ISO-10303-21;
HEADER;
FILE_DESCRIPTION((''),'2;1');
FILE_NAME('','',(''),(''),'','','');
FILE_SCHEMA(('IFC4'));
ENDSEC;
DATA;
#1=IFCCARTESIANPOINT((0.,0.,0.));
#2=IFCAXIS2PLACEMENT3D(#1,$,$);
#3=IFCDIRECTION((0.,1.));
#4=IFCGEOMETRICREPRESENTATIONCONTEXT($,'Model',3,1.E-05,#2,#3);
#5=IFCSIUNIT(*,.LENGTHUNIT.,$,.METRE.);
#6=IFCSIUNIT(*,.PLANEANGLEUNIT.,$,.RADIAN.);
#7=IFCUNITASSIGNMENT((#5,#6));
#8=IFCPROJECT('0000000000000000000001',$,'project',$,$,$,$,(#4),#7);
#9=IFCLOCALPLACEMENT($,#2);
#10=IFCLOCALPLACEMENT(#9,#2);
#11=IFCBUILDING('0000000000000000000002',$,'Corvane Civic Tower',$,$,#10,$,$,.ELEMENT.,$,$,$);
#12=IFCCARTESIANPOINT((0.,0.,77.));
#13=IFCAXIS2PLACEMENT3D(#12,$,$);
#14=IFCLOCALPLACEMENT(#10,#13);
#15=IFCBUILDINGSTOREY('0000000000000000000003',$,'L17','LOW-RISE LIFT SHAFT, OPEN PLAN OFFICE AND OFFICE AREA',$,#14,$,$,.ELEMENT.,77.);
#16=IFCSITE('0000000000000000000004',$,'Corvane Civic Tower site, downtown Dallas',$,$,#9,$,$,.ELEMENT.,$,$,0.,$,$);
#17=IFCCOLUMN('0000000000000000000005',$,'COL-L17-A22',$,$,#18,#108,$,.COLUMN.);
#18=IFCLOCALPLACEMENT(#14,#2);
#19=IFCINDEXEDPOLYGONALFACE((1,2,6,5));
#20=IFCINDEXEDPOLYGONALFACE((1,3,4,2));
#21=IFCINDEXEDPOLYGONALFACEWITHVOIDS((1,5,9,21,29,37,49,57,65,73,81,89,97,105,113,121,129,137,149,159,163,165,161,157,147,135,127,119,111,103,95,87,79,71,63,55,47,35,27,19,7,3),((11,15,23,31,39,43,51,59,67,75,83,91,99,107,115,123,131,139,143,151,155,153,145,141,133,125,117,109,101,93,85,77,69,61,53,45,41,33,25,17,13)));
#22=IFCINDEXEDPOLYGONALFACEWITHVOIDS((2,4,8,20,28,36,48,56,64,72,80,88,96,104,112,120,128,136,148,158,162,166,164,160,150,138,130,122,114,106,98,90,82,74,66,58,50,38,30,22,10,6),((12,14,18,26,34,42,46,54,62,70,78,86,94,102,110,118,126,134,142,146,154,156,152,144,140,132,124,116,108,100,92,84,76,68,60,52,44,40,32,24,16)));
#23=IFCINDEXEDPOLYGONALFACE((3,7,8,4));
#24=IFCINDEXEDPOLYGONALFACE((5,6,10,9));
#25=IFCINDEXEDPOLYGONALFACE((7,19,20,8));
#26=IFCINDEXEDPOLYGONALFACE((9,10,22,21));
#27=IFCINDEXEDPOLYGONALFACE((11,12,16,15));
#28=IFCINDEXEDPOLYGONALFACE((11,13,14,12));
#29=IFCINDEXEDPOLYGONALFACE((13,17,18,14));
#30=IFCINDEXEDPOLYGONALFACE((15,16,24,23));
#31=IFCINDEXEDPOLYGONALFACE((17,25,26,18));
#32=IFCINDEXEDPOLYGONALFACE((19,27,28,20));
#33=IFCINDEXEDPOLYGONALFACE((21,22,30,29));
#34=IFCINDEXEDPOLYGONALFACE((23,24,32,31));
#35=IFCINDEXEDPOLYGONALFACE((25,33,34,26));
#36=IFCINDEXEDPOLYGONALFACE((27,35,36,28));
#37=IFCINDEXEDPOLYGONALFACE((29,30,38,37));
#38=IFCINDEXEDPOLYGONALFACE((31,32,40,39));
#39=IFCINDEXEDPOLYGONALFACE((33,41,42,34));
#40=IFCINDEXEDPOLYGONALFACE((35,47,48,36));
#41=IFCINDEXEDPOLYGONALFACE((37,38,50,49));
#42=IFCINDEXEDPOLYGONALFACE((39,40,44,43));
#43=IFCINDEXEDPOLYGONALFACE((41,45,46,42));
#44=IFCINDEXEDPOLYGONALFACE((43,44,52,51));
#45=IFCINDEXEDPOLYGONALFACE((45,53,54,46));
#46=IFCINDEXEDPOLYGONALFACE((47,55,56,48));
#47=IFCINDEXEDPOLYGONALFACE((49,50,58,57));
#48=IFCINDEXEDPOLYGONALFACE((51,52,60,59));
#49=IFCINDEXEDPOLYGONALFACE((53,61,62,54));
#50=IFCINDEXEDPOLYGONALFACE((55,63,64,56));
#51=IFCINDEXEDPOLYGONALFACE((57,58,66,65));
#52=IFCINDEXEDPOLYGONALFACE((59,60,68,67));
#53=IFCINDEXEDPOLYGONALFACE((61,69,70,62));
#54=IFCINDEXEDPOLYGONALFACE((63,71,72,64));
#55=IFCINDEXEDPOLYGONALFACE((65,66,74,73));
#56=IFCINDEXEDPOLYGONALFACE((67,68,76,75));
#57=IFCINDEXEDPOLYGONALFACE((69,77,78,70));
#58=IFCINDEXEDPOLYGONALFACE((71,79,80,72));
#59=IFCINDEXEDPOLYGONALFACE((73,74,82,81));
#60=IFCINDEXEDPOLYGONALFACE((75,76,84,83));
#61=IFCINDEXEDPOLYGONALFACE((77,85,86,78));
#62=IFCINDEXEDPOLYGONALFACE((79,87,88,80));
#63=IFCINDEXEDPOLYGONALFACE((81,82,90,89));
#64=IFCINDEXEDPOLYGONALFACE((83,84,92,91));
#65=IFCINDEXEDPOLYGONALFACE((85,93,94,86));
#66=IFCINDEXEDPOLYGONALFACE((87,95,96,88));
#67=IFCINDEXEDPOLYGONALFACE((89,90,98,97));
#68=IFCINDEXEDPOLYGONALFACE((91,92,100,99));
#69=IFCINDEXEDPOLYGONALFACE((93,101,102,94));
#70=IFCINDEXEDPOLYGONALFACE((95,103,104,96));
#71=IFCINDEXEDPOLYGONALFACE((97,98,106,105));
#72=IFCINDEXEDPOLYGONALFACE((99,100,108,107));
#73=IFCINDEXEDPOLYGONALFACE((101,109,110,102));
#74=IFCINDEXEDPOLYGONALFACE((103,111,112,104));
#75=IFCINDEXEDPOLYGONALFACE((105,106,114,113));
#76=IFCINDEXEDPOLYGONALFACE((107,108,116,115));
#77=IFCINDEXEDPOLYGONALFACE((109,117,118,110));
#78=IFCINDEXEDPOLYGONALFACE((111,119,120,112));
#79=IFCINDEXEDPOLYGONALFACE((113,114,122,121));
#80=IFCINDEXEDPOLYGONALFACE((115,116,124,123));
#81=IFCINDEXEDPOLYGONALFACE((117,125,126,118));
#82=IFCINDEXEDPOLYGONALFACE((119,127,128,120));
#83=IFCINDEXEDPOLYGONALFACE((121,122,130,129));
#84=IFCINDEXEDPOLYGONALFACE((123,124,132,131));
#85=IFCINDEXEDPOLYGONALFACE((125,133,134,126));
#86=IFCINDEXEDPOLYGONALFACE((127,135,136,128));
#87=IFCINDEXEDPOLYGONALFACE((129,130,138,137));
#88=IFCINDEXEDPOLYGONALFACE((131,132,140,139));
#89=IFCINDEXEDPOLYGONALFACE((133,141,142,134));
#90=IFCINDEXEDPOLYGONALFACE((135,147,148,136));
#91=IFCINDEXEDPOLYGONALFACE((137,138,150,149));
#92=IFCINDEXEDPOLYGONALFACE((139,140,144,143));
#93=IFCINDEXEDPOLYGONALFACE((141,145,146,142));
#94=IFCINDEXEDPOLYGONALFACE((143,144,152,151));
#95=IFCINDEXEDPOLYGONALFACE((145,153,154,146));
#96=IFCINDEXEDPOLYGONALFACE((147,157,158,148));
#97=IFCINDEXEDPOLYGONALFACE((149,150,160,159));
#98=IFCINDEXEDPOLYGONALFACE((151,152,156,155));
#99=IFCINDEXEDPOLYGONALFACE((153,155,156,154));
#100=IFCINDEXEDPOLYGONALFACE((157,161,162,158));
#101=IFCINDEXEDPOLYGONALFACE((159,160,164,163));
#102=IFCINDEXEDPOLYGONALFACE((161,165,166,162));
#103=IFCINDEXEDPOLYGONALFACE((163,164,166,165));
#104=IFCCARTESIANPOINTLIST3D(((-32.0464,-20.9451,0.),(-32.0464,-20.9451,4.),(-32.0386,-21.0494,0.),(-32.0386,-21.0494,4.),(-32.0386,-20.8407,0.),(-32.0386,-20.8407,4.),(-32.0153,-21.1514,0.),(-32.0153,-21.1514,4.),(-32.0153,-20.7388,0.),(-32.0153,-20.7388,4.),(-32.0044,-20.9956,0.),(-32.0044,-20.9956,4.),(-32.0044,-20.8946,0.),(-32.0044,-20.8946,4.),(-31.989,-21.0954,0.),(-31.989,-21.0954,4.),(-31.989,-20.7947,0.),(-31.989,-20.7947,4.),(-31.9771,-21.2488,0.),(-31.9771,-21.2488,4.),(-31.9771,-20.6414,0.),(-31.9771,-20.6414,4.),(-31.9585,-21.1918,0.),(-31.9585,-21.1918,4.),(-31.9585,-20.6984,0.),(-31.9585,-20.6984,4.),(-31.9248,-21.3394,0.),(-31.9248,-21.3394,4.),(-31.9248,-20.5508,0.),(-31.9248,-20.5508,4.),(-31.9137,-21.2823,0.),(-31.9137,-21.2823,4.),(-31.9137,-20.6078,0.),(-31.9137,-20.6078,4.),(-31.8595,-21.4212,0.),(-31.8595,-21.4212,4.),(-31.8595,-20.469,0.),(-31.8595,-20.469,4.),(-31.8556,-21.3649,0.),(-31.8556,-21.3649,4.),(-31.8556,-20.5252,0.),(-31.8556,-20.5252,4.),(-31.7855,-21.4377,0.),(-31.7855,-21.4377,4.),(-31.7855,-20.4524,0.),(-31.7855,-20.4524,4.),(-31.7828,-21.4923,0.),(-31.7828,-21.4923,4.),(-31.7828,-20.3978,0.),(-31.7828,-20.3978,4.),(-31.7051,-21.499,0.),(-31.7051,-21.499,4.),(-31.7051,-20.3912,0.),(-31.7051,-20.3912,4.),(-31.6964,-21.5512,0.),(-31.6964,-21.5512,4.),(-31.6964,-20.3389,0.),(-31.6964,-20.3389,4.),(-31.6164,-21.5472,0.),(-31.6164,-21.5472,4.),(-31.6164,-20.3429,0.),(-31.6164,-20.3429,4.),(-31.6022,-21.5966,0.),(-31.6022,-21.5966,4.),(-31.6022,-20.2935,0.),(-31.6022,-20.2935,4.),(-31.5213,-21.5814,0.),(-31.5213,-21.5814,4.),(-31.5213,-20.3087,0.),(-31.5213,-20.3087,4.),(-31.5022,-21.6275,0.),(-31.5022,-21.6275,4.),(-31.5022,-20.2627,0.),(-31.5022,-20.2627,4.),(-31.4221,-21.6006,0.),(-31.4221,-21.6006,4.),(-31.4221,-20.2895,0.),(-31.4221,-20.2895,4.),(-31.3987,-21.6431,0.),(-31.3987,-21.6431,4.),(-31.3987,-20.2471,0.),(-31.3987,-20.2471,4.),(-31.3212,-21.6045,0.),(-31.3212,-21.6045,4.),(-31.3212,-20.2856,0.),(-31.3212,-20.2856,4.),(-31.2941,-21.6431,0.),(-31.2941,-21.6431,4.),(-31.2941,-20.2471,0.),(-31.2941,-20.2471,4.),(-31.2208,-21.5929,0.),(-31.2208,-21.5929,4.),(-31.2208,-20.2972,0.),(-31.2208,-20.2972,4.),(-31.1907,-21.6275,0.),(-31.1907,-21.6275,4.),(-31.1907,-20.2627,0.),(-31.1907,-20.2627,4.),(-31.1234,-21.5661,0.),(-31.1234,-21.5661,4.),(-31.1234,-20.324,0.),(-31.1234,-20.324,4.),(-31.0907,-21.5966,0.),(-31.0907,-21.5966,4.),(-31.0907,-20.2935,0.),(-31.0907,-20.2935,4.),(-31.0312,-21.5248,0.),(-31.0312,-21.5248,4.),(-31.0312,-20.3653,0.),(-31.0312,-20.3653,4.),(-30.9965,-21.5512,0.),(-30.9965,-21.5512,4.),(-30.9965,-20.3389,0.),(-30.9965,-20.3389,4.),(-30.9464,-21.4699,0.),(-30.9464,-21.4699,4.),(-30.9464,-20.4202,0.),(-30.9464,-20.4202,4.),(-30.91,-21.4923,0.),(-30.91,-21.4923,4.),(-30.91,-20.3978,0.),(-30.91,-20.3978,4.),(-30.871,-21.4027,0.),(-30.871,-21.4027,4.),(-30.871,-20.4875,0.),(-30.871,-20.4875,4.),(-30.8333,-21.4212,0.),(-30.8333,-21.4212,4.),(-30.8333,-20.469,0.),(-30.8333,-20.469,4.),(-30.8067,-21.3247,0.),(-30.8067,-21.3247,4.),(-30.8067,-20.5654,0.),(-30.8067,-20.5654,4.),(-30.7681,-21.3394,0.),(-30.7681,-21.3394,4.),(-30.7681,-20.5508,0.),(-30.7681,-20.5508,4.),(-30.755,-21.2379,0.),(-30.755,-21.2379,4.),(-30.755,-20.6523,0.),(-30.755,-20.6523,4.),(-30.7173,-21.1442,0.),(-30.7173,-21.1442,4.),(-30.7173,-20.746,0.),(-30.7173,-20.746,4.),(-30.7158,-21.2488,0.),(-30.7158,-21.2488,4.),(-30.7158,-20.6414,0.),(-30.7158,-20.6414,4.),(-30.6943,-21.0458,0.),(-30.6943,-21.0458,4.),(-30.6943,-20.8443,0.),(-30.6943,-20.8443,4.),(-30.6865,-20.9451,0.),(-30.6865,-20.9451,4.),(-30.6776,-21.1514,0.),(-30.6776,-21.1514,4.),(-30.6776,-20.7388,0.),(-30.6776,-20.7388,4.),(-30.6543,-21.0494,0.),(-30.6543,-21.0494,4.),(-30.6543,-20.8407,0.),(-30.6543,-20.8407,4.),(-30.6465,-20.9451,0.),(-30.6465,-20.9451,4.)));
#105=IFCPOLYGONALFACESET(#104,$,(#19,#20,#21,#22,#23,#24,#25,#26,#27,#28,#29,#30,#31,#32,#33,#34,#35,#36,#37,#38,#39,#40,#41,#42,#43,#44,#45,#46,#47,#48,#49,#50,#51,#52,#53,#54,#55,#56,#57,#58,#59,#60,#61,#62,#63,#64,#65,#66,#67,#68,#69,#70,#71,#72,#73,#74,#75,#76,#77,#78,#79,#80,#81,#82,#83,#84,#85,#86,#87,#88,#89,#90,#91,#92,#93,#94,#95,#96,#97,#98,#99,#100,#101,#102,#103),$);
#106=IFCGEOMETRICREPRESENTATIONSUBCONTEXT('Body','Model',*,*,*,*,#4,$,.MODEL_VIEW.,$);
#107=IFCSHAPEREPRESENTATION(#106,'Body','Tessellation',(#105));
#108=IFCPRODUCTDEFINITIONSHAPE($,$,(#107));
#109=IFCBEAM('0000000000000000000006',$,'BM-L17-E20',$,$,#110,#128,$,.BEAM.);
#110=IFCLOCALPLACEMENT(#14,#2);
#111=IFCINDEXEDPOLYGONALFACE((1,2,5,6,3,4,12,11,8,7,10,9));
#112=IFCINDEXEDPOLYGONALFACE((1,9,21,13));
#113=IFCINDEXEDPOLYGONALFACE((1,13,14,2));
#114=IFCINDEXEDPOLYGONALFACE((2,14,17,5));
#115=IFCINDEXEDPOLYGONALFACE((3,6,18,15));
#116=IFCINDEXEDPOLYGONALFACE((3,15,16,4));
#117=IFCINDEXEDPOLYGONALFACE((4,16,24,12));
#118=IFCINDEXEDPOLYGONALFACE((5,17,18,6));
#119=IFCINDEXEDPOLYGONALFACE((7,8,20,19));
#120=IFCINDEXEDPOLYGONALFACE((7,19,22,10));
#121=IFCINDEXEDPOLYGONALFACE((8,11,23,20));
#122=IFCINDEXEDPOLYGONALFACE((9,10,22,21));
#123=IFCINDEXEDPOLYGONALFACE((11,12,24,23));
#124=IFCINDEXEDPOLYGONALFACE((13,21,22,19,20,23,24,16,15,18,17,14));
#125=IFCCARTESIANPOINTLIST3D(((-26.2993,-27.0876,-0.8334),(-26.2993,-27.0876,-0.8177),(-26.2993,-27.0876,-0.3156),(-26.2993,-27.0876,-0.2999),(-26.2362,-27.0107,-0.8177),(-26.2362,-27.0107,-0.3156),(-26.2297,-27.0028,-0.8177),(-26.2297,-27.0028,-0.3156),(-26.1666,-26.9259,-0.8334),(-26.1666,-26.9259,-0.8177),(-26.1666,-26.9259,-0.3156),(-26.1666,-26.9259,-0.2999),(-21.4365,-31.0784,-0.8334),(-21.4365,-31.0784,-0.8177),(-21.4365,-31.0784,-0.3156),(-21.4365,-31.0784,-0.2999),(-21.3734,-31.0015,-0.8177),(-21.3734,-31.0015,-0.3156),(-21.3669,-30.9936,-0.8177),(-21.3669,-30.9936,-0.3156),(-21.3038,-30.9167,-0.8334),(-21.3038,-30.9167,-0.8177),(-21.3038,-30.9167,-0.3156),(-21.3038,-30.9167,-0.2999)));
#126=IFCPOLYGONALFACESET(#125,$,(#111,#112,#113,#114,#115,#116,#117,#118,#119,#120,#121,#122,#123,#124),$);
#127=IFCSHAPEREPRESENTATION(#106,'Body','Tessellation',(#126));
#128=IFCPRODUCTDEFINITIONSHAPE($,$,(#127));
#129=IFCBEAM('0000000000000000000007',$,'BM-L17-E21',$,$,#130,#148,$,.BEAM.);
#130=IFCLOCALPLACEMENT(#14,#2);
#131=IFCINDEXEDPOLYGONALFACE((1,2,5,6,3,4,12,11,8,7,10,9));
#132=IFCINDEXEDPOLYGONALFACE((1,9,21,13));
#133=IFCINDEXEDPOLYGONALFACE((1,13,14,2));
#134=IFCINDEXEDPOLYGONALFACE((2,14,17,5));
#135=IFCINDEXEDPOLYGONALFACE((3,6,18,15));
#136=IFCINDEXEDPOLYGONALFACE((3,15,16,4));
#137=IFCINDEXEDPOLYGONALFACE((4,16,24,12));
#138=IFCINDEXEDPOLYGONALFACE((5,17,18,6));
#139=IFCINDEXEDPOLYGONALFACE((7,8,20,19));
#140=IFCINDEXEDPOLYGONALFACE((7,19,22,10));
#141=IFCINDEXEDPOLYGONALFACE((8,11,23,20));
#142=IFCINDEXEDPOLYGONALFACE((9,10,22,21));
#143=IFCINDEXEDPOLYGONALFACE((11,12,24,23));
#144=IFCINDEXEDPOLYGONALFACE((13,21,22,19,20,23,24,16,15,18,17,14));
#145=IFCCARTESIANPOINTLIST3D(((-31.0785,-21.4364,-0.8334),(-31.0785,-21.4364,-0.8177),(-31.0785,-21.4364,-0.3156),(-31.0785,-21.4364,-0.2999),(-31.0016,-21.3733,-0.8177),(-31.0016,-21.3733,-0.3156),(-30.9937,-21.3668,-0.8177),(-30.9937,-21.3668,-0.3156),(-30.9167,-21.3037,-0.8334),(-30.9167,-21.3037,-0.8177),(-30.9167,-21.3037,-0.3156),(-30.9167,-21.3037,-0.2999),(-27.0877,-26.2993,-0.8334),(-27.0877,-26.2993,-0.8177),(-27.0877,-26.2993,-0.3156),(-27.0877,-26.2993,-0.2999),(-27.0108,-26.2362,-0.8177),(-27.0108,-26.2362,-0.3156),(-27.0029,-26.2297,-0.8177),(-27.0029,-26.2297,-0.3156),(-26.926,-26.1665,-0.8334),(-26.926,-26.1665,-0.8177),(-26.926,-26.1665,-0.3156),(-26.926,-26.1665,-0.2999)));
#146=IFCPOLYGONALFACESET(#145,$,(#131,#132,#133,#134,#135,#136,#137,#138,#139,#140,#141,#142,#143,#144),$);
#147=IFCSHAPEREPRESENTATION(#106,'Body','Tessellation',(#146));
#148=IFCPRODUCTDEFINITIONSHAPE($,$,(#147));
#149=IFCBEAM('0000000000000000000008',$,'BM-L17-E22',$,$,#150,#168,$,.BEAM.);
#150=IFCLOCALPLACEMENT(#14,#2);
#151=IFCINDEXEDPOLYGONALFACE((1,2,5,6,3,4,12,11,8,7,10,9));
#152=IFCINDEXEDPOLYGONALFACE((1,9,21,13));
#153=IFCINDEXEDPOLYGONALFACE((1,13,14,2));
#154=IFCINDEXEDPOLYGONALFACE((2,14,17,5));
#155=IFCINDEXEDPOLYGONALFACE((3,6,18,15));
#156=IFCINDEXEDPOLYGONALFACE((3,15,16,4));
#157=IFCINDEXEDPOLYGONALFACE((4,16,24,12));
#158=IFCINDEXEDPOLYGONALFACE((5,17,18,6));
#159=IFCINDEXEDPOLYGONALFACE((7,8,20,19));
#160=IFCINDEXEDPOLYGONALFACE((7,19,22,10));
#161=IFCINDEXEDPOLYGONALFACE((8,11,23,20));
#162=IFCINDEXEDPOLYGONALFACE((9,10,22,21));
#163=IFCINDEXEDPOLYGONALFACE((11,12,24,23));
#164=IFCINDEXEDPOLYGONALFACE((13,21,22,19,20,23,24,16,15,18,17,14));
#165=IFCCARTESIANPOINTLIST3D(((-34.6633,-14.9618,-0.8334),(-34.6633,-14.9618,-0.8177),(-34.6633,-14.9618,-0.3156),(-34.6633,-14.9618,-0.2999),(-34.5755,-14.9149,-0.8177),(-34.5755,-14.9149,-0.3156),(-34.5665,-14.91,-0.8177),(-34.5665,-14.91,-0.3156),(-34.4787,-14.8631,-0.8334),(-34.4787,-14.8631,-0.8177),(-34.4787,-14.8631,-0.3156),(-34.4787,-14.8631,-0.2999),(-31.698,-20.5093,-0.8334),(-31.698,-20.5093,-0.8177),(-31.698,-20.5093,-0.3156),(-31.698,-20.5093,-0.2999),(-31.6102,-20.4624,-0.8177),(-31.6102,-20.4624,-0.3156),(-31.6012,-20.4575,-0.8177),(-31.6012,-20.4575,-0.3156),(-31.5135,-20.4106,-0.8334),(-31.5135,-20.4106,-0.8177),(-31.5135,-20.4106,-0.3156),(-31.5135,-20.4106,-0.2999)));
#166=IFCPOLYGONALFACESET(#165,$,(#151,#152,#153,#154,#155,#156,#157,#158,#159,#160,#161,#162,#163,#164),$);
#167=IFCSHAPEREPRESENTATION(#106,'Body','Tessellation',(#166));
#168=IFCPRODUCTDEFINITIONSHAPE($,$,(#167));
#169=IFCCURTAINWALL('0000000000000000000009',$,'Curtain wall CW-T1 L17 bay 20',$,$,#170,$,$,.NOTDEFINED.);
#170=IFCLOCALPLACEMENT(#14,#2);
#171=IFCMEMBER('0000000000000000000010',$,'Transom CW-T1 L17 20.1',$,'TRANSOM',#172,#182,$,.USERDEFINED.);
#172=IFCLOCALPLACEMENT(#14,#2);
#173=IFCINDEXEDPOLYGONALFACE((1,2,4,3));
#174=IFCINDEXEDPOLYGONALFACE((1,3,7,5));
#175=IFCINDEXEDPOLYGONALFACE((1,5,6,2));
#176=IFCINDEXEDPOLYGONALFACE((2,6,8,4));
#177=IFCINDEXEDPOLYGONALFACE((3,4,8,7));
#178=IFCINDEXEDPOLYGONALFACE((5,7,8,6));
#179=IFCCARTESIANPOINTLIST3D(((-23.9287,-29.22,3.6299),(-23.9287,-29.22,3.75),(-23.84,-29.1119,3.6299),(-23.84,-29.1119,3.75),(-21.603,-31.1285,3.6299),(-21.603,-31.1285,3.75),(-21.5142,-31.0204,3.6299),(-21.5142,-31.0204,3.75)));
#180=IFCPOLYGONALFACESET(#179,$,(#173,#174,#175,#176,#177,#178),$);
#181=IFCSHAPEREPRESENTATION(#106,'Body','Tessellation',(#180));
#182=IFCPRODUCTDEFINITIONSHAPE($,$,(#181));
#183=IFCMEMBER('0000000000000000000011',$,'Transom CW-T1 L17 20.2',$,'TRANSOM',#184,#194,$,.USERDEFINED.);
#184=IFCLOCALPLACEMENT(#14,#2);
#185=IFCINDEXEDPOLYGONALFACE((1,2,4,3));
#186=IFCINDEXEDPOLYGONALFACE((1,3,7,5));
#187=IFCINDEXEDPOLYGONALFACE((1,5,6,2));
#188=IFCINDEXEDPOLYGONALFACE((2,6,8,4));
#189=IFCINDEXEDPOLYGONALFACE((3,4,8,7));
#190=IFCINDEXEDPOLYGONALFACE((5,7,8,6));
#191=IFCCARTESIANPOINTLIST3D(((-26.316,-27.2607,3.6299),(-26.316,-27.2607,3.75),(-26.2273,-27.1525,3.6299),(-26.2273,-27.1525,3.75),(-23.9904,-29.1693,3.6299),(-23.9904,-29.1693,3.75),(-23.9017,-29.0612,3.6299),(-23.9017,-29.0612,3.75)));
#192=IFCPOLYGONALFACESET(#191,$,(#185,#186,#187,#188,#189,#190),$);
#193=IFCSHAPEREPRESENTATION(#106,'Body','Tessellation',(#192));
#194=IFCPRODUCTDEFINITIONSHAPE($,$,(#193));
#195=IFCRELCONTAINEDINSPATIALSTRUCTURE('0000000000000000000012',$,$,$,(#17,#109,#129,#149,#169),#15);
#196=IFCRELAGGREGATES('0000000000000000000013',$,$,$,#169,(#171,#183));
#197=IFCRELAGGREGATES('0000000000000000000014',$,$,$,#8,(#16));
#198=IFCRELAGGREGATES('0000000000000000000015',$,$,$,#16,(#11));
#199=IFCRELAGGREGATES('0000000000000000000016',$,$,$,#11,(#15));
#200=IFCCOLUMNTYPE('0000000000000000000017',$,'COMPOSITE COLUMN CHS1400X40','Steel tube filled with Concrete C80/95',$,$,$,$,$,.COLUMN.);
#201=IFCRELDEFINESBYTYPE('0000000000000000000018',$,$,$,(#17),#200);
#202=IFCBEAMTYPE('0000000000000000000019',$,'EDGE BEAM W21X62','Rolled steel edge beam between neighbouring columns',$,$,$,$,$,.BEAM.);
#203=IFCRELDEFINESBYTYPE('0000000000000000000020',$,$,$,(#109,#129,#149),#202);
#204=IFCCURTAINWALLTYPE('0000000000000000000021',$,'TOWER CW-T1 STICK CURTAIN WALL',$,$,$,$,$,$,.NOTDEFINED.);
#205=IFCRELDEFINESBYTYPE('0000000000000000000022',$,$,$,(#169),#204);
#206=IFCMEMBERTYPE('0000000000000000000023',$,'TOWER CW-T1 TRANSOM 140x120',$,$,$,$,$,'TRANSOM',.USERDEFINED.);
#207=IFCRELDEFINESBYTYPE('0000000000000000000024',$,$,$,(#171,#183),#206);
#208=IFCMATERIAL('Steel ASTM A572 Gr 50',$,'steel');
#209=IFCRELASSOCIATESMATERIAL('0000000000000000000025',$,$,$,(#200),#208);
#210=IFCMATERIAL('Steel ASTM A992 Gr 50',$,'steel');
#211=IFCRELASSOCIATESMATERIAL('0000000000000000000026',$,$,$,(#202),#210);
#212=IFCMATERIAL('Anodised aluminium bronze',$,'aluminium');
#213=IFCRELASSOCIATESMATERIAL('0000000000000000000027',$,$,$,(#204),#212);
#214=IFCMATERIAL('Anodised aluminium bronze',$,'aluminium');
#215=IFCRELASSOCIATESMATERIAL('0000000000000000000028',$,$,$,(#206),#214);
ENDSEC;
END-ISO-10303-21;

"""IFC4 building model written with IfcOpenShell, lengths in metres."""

from ifc_helpers import new_model, si_unit, direction, frame, origin, origin_2d, place, context, subcontext, project, spatial, rectangle, hollow_circle, i_section, extrude, material, material_profile, profile_set, type_object, element, aggregate, save


model = new_model("IFC4")

# Units and contexts
model_context = context("Model", 3, precision=1e-05, world=origin(), true_north=direction((0.0, 1.0)))
body_context = subcontext(model_context, "Body", "Model", "MODEL_VIEW")
ifc_project = project(units=[si_unit("LENGTHUNIT", "METRE"), si_unit("PLANEANGLEUNIT", "RADIAN")], contexts=[model_context])

# Site, building, storey
site_placement = place(None, origin())
site = spatial("IfcSite", under=ifc_project, at=site_placement, Name="Corvane Civic Tower site, downtown Dallas", CompositionType="ELEMENT", RefElevation=0.0)
building_placement = place(site_placement, origin())
building = spatial("IfcBuilding", under=site, at=building_placement, Name="Corvane Civic Tower", CompositionType="ELEMENT")
storey_placement = place(building_placement, frame((0.0, 0.0, 77.0)))
storey = spatial("IfcBuildingStorey", under=building, at=storey_placement, Name="L17", Description="LOW-RISE LIFT SHAFT, OPEN PLAN OFFICE AND OFFICE AREA", CompositionType="ELEMENT", Elevation=77.0)

# Column
ifc_material_1 = material(Name="Steel ASTM A572 Gr 50", Category="steel")
ifc_material_profile_1 = material_profile(ifc_material_1, hollow_circle(Radius=0.7, WallThickness=0.04, at=origin_2d()), Name="CHS1400X40")
ifc_profile_set_1 = profile_set([ifc_material_profile_1], Name="Steel ASTM A572 Gr 50")
column_type = type_object("IfcColumnType", Name="COMPOSITE COLUMN CHS1400X40", Description="Steel tube filled with Concrete C80/95", PredefinedType="COLUMN", material=ifc_profile_set_1)
for number, where, z_axis, x_axis, name in (
    (1, (-31.3464, -20.9451, 0.0), (0.0, 0.0, 1.0), (1.0, 0.0, 0.0), "COL-L17-A22"),
):
    element("IfcColumn", number, at=place(storey_placement, frame(where, z_axis=z_axis, x_axis=x_axis)), inside=storey, type_object=column_type, Name=name, PredefinedType="COLUMN", context=body_context, shape_type="SweptSolid", body=[
        extrude(hollow_circle(Radius=0.7, WallThickness=0.04, at=origin_2d()), origin(), (0.0, 0.0, 1.0), 4.0),
    ])

# Beams
ifc_material_2 = material(Name="Steel ASTM A992 Gr 50", Category="steel")
ifc_material_profile_2 = material_profile(ifc_material_2, i_section(OverallWidth=0.2092, OverallDepth=0.5334, WebThickness=0.0103, FlangeThickness=0.0156, at=origin_2d()), Name="W21X62")
ifc_profile_set_2 = profile_set([ifc_material_profile_2], Name="Steel ASTM A992 Gr 50")
beam_type = type_object("IfcBeamType", Name="EDGE BEAM W21X62", Description="Rolled steel edge beam between neighbouring columns", PredefinedType="BEAM", material=ifc_profile_set_2)
for number, where, z_axis, x_axis, name in (
    (2, (-21.3701, -30.9976, -0.5667), (-0.773016, 0.634387, 0.0), (-0.634387, -0.773016, 0.0), "BM-L17-E20"),
    (3, (-27.0068, -26.2329, -0.5667), (-0.634387, 0.773016, 0.0), (-0.773016, -0.634387, 0.0), "BM-L17-E21"),
):
    element("IfcBeam", number, at=place(storey_placement, frame(where, z_axis=z_axis, x_axis=x_axis)), inside=storey, type_object=beam_type, Name=name, PredefinedType="BEAM", context=body_context, shape_type="SweptSolid", body=[
        extrude(i_section(OverallWidth=0.2092, OverallDepth=0.5334, WebThickness=0.0103, FlangeThickness=0.0156, at=origin_2d()), origin(), (0.0, 0.0, 1.0), 6.2908),
    ])
beam_placement = place(storey_placement, frame((-31.6057, -20.46, -0.5667), z_axis=(-0.471406, 0.881916, 0.0), x_axis=(-0.881916, -0.471406, 0.0)))
element("IfcBeam", 4, at=beam_placement, inside=storey, type_object=beam_type, Name="BM-L17-E22", PredefinedType="BEAM", context=body_context, shape_type="SweptSolid", body=[
    extrude(i_section(OverallWidth=0.2092, OverallDepth=0.5334, WebThickness=0.0103, FlangeThickness=0.0156, at=origin_2d()), origin(), (0.0, 0.0, 1.0), 6.2903),
])

# Curtain wall, members
ifc_material_3 = material(Name="Anodised aluminium bronze", Category="aluminium")
curtain_wall_type = type_object("IfcCurtainWallType", Name="TOWER CW-T1 STICK CURTAIN WALL", PredefinedType="NOTDEFINED", material=ifc_material_3)
curtain_wall_1_placement = place(storey_placement, origin())
curtain_wall_1 = element("IfcCurtainWall", 5, at=curtain_wall_1_placement, inside=storey, type_object=curtain_wall_type, Name="Curtain wall CW-T1 L17 bay 20", PredefinedType="NOTDEFINED")
ifc_material_4 = material(Name="Anodised aluminium bronze", Category="aluminium")
ifc_material_profile_3 = material_profile(ifc_material_4, rectangle(XDim=0.1399, YDim=0.1201, at=origin_2d()), Name="TOWER CW-T1 TRANSOM 140x120")
ifc_profile_set_3 = profile_set([ifc_material_profile_3], Name="Anodised aluminium bronze")
member_type_1 = type_object("IfcMemberType", Name="TOWER CW-T1 TRANSOM 140x120", ElementType="TRANSOM", PredefinedType="USERDEFINED", material=ifc_profile_set_3)
member_1_placement = place(storey_placement, frame((-21.5586, -31.0745, 3.6899), z_axis=(-0.773042, 0.634355, 0.0), x_axis=(-0.634355, -0.773042, 0.0)))
member_1 = element("IfcMember", 6, at=member_1_placement, type_object=member_type_1, Name="Transom CW-T1 L17 20.1", ObjectType="TRANSOM", PredefinedType="USERDEFINED", context=body_context, shape_type="SweptSolid", body=[
    extrude(rectangle(XDim=0.1399, YDim=0.1201, at=origin_2d()), origin(), (0.0, 0.0, 1.0), 3.0085),
])
member_2_placement = place(storey_placement, frame((-23.946, -29.1152, 3.6899), z_axis=(-0.773002, 0.634404, 0.0), x_axis=(-0.634404, -0.773002, 0.0)))
member_2 = element("IfcMember", 7, at=member_2_placement, type_object=member_type_1, Name="Transom CW-T1 L17 20.2", ObjectType="TRANSOM", PredefinedType="USERDEFINED", context=body_context, shape_type="SweptSolid", body=[
    extrude(rectangle(XDim=0.1399, YDim=0.1201, at=origin_2d()), origin(), (0.0, 0.0, 1.0), 3.0085),
])

aggregate(curtain_wall_1, [member_1, member_2])

save(model, "model.ifc")
